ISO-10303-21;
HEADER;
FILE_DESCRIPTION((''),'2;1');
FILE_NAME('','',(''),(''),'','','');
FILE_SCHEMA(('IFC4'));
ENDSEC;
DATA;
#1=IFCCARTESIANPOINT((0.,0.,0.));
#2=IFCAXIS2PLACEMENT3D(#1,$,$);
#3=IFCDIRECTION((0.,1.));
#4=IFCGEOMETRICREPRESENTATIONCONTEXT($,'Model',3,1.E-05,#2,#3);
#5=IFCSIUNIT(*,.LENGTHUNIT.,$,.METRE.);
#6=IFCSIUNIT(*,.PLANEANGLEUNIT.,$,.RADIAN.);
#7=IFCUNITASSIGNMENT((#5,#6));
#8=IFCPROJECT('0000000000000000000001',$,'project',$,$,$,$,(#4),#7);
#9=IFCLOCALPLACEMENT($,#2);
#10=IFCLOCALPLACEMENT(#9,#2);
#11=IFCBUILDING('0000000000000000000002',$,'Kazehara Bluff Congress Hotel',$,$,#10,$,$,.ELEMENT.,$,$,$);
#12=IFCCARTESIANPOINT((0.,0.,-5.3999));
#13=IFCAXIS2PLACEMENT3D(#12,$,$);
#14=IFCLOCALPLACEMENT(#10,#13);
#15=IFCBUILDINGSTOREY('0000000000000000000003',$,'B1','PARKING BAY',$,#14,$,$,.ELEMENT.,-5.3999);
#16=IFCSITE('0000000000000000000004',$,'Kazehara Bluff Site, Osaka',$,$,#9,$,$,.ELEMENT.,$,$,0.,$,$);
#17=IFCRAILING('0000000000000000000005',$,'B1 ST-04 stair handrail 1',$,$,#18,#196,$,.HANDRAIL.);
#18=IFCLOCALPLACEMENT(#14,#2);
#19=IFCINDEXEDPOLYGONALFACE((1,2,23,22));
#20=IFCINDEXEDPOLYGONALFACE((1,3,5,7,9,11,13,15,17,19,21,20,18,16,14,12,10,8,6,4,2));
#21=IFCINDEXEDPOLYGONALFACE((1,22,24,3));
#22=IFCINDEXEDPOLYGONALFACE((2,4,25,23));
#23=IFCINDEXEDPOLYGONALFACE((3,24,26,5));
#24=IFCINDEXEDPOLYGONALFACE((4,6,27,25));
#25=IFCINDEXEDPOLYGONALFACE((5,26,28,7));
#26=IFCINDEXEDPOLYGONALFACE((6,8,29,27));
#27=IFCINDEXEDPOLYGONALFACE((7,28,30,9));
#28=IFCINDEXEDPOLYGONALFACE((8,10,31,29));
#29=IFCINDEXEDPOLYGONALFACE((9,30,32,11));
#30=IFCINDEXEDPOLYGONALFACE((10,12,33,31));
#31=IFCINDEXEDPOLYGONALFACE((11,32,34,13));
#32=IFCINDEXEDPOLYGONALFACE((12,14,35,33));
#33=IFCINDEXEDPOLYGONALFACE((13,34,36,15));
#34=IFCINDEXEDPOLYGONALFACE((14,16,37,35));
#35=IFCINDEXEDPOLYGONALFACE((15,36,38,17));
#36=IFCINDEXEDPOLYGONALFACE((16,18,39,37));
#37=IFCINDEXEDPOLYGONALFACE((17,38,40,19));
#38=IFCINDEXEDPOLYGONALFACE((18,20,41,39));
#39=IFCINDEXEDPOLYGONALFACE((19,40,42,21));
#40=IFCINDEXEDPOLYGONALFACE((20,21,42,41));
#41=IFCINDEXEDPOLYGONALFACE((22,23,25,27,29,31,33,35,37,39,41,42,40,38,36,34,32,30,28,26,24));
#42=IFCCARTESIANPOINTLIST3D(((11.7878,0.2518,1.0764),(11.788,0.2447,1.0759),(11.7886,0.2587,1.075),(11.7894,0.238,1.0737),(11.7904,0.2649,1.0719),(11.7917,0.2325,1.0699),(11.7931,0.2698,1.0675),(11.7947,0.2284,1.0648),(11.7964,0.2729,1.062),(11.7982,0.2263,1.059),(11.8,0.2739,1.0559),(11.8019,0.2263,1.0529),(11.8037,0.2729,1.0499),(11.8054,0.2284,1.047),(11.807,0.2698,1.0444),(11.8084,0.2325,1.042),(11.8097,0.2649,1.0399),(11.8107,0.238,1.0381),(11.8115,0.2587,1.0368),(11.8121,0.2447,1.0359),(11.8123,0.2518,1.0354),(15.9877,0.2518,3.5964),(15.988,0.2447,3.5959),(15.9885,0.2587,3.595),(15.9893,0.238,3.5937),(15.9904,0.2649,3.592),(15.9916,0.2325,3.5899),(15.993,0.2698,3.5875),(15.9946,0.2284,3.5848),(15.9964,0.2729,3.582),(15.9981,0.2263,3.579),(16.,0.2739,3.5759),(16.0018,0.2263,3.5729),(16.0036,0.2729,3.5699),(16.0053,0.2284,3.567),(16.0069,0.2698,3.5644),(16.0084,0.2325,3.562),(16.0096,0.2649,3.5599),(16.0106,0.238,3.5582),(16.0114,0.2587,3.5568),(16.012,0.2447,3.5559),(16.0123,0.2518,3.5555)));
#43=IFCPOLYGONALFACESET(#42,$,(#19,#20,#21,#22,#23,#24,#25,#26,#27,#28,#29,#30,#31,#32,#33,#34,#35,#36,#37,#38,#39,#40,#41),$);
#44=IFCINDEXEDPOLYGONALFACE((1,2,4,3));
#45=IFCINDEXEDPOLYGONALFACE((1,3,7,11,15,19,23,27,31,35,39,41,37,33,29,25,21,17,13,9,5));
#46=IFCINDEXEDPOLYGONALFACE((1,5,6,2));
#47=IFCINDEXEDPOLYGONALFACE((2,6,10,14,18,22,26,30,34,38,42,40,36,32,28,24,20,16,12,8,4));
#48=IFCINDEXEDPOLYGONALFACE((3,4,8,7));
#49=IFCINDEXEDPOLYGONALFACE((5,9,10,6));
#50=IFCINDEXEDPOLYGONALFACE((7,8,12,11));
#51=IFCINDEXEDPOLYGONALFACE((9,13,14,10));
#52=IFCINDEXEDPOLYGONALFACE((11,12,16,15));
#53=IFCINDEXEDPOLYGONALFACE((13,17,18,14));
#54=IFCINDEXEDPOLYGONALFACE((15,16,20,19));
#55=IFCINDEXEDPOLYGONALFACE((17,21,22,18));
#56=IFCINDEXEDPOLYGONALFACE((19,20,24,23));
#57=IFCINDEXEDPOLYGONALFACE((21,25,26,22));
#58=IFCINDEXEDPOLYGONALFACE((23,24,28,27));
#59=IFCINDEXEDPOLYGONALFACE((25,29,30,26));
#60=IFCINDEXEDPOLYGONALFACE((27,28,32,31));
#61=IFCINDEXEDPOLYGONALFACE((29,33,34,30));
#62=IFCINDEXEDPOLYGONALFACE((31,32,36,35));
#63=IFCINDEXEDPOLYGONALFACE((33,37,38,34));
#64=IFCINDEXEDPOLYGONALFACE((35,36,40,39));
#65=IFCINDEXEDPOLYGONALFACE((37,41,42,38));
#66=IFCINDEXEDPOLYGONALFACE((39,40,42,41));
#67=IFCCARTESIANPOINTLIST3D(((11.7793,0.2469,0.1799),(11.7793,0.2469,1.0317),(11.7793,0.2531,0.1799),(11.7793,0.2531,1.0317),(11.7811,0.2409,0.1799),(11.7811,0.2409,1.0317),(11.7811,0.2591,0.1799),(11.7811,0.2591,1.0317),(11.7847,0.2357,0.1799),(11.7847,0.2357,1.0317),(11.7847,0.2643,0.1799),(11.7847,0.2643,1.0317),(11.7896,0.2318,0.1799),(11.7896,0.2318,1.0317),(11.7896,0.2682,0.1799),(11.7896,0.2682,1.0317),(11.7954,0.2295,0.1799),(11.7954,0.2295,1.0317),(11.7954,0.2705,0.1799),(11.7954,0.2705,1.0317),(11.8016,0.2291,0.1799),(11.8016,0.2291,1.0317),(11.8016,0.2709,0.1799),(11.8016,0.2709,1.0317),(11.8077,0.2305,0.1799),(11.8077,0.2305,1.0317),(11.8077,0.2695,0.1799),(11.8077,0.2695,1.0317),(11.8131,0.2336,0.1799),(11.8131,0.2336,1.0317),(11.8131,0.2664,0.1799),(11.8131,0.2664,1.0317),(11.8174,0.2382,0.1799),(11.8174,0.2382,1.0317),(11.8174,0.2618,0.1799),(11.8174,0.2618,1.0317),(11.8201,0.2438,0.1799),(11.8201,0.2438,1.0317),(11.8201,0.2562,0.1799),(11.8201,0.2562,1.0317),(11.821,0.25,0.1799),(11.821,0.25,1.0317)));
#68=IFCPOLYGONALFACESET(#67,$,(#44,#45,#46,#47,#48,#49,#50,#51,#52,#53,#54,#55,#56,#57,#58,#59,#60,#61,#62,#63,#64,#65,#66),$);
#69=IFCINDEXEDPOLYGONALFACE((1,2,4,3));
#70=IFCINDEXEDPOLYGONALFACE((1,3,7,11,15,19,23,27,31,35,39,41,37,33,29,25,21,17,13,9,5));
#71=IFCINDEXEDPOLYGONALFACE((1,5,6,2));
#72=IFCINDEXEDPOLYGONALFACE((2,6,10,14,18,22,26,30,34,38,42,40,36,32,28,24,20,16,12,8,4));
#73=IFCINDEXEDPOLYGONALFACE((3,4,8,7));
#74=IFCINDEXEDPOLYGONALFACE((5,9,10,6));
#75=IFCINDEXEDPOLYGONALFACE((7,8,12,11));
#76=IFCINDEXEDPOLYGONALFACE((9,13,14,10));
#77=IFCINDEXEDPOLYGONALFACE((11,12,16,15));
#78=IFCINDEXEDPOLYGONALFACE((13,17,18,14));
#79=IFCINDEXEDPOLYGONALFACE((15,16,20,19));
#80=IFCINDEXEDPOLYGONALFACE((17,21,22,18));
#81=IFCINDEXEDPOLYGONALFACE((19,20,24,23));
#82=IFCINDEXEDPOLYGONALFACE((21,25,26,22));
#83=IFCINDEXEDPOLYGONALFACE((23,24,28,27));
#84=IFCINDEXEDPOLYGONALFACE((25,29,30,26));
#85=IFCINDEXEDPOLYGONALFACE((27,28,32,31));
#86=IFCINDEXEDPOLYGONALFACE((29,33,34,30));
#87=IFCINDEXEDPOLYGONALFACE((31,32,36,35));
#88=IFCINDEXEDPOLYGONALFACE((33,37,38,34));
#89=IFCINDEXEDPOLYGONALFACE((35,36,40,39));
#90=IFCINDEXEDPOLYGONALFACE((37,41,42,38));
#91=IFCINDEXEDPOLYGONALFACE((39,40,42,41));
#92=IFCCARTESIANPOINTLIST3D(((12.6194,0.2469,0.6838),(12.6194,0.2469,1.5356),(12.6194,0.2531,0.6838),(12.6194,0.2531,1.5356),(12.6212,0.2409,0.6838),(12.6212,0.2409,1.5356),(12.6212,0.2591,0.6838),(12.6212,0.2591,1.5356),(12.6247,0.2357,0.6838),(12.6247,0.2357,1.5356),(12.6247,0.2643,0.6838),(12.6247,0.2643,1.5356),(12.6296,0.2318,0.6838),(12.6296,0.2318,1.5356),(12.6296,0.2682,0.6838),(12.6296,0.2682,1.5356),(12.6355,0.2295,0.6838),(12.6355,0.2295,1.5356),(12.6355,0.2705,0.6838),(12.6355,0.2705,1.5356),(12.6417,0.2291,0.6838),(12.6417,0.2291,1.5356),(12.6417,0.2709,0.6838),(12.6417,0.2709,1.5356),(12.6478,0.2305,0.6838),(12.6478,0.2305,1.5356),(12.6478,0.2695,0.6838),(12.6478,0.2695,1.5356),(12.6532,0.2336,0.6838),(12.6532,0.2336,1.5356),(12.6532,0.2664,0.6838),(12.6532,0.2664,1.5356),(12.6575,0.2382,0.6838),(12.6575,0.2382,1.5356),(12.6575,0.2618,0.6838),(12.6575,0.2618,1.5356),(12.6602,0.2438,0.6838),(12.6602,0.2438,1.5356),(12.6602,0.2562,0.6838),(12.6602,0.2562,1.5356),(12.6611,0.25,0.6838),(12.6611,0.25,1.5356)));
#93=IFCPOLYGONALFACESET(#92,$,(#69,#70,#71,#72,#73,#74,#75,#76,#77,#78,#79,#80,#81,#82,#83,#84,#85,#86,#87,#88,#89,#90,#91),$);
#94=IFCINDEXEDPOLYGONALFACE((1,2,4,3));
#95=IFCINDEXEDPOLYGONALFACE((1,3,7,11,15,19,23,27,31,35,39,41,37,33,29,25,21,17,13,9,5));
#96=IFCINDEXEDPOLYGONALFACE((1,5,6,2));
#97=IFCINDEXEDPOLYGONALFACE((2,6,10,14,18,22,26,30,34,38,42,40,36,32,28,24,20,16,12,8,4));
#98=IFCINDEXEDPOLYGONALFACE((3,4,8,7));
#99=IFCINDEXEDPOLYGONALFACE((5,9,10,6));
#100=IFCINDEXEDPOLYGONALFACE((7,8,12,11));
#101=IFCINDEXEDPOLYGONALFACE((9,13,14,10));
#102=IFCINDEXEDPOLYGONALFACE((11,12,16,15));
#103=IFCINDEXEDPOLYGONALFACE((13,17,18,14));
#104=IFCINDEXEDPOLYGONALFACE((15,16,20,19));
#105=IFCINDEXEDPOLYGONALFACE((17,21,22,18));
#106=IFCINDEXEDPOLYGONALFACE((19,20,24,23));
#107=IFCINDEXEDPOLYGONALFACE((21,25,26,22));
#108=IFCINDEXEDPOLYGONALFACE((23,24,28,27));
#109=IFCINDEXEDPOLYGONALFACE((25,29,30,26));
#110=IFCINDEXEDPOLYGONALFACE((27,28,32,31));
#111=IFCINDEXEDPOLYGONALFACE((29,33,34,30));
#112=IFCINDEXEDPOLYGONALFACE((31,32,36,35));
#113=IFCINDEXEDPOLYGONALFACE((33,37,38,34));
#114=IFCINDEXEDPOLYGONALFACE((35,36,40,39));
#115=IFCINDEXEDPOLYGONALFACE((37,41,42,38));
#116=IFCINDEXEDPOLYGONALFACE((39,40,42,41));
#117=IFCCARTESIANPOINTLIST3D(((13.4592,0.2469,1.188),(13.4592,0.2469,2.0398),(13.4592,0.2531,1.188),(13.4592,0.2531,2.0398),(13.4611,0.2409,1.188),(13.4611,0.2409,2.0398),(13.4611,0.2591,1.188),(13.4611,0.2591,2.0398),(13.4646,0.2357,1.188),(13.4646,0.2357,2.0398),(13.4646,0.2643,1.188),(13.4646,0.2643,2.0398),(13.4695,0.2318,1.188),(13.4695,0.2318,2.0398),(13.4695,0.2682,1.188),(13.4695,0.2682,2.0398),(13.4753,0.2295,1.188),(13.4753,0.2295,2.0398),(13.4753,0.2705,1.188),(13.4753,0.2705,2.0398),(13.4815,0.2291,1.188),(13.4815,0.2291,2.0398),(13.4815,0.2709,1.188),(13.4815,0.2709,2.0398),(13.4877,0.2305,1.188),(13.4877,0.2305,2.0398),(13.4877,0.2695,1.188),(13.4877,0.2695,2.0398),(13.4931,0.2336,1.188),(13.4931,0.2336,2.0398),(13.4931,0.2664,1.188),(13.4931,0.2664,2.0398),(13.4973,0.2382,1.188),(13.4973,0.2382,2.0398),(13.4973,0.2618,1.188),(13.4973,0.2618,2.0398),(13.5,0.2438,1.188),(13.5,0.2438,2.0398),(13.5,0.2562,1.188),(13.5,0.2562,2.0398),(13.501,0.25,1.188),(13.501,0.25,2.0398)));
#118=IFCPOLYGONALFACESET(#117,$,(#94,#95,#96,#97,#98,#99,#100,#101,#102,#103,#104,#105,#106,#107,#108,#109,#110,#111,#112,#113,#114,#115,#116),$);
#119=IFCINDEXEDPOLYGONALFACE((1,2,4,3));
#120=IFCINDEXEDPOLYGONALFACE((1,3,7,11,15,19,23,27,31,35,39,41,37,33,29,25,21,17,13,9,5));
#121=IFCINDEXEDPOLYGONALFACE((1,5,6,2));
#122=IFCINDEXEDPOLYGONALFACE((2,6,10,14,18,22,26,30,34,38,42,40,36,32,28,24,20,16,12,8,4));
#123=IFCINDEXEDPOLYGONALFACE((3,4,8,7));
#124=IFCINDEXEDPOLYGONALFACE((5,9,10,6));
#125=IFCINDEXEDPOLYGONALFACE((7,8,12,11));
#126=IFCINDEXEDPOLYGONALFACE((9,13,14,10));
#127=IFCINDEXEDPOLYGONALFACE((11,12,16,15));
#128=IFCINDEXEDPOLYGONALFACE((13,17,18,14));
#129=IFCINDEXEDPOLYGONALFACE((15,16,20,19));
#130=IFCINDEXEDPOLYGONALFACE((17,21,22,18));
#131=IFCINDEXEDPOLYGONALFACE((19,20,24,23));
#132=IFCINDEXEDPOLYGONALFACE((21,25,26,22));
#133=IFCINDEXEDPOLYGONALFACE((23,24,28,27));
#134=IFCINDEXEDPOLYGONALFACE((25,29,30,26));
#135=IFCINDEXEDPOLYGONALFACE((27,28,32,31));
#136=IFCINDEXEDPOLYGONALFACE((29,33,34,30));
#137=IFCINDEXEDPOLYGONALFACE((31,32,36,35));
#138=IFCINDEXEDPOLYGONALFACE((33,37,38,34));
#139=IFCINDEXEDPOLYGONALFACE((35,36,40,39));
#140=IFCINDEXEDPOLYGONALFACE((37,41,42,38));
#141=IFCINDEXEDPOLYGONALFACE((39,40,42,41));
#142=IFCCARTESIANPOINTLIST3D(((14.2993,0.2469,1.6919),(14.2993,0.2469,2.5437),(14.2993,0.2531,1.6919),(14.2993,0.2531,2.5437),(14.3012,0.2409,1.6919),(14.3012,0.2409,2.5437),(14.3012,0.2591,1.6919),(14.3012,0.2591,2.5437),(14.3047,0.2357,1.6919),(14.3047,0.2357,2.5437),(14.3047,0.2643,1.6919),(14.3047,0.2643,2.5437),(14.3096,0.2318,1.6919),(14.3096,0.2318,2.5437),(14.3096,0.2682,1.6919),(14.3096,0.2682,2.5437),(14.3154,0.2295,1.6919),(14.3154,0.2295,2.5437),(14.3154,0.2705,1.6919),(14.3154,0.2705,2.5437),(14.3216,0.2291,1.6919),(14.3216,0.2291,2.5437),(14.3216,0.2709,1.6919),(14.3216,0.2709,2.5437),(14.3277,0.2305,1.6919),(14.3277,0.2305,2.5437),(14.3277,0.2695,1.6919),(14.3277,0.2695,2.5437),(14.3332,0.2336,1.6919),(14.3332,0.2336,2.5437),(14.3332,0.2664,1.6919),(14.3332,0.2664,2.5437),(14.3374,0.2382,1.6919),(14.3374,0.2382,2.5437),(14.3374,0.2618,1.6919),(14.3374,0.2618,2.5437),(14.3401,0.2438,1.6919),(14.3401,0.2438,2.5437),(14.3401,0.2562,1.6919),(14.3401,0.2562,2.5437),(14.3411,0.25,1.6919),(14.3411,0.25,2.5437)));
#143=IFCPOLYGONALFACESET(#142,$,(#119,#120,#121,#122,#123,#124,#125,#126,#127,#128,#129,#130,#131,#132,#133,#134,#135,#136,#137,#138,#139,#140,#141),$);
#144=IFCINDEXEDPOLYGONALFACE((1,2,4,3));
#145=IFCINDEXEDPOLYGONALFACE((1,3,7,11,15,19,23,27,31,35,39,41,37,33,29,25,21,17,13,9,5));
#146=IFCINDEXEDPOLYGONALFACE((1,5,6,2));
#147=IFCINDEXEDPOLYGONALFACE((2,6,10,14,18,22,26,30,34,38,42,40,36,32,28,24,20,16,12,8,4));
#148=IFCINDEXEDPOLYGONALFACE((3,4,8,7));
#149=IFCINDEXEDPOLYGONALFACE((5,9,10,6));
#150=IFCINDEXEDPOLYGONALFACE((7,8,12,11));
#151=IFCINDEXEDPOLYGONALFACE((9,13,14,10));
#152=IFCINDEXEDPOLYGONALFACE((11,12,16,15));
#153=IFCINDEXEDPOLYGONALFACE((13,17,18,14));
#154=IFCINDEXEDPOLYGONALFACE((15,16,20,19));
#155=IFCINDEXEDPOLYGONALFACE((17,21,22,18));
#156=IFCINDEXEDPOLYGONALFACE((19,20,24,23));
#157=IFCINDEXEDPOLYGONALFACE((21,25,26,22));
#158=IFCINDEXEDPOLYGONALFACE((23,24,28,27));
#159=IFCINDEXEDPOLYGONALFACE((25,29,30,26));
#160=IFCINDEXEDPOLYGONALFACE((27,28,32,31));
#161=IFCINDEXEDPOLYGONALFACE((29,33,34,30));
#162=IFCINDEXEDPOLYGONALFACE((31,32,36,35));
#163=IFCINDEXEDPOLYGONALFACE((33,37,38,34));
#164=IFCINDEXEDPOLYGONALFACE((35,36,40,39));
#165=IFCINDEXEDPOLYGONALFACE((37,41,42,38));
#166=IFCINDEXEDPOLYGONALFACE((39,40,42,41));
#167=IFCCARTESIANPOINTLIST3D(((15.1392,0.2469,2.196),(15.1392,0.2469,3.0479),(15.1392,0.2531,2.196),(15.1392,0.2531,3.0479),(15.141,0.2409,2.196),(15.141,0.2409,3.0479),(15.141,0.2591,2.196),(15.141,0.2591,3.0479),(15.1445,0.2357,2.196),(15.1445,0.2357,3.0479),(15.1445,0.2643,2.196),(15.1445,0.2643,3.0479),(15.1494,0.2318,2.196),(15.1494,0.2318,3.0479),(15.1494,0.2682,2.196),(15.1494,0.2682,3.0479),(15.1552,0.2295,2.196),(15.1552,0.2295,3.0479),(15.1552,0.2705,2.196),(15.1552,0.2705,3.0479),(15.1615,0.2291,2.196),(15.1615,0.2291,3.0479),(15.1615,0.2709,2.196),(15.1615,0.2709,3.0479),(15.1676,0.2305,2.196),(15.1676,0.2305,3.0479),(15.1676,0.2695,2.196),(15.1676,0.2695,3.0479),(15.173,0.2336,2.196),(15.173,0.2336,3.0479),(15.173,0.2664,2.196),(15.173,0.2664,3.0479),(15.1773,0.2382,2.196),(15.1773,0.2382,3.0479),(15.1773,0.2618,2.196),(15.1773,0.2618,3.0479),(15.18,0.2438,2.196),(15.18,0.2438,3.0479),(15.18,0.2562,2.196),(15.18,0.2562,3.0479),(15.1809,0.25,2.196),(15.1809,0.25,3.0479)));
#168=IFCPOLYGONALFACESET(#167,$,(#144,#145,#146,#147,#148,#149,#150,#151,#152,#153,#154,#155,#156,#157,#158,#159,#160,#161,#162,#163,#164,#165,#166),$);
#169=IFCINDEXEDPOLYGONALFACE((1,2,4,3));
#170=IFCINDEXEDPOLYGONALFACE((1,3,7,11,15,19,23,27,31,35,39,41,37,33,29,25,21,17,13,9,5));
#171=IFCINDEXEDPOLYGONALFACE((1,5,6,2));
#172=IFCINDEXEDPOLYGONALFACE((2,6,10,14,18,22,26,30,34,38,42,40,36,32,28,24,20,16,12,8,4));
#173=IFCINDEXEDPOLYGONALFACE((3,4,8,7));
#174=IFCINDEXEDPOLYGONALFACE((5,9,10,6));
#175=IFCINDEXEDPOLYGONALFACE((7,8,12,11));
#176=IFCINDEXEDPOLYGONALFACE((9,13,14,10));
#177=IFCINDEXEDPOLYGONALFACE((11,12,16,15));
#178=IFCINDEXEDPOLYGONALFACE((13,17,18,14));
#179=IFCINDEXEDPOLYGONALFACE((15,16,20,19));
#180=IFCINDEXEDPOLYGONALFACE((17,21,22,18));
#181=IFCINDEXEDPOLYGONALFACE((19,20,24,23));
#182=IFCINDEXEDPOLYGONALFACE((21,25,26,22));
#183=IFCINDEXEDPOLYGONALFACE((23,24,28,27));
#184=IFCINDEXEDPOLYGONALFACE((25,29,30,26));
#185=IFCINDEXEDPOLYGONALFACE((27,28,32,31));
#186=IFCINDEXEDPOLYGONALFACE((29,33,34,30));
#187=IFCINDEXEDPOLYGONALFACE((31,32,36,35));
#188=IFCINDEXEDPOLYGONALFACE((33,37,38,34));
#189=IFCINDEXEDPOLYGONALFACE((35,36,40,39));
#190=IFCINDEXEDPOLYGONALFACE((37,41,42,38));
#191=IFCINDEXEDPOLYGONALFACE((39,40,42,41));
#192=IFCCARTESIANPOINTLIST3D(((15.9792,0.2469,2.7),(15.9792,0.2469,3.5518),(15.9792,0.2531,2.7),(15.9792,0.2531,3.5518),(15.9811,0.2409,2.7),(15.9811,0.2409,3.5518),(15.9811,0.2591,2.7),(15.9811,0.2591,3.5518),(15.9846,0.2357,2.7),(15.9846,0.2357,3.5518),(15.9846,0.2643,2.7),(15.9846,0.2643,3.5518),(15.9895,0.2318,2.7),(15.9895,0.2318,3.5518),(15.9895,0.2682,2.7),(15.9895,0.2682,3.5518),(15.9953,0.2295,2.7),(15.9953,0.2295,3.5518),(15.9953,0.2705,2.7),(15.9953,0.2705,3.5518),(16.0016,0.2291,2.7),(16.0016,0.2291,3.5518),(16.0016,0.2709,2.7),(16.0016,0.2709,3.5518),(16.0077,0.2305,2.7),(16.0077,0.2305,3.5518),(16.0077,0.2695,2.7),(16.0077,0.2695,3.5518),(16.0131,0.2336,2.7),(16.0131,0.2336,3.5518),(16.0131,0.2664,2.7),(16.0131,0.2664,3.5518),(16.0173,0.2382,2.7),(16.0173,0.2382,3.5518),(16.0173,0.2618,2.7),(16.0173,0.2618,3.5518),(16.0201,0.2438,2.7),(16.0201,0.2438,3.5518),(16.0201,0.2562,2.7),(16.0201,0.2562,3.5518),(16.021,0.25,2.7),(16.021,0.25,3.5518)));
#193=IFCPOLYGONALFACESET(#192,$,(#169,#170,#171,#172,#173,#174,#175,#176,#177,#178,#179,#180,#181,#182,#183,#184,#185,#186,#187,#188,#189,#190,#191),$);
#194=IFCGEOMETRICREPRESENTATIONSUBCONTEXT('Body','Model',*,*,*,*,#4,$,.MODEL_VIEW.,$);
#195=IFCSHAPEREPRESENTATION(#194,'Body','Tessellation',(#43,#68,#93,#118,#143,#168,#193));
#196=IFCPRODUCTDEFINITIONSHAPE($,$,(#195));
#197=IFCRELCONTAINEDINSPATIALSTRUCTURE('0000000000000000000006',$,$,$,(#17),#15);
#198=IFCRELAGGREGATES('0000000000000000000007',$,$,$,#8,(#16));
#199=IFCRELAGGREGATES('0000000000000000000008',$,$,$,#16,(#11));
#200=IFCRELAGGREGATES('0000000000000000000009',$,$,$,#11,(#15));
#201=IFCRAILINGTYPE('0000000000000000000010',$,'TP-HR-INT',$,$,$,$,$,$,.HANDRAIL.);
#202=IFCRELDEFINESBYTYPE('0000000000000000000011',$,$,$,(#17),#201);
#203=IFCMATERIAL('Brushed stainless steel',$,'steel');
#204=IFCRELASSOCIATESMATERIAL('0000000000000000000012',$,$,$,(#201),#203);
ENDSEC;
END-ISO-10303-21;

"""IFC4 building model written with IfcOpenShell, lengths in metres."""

from ifc_helpers import new_model, si_unit, direction, frame, origin, origin_2d, place, context, subcontext, project, spatial, circle, extrude, material, type_object, element, save


model = new_model("IFC4")

# Units and contexts
model_context = context("Model", 3, precision=1e-05, world=origin(), true_north=direction((0.0, 1.0)))
body_context = subcontext(model_context, "Body", "Model", "MODEL_VIEW")
ifc_project = project(units=[si_unit("LENGTHUNIT", "METRE"), si_unit("PLANEANGLEUNIT", "RADIAN")], contexts=[model_context])

# Site, building, storey
site_placement = place(None, origin())
site = spatial("IfcSite", under=ifc_project, at=site_placement, Name="Kazehara Bluff Site, Osaka", CompositionType="ELEMENT", RefElevation=0.0)
building_placement = place(site_placement, origin())
building = spatial("IfcBuilding", under=site, at=building_placement, Name="Kazehara Bluff Congress Hotel", CompositionType="ELEMENT")
storey_placement = place(building_placement, frame((0.0, 0.0, -5.3999)))
storey = spatial("IfcBuildingStorey", under=building, at=storey_placement, Name="B1", Description="PARKING BAY", CompositionType="ELEMENT", Elevation=-5.3999)

# Railing
ifc_material_1 = material(Name="Brushed stainless steel", Category="steel")
railing_type_1 = type_object("IfcRailingType", Name="TP-HR-INT", PredefinedType="HANDRAIL", material=ifc_material_1)
railing_1_placement = place(storey_placement, frame((11.8, 0.25, 0.1799)))
element("IfcRailing", 1, at=railing_1_placement, inside=storey, type_object=railing_type_1, Name="B1 ST-04 stair handrail 1", PredefinedType="HANDRAIL", context=body_context, shape_type="SweptSolid", body=[
    extrude(circle(Radius=0.0239, at=origin_2d()), frame((0.0, 0.0, 0.876), z_axis=(0.857489, 0.0, 0.514503), x_axis=(0.0, 1.0, 0.0)), (0.0, 0.0, 1.0), 4.8979),
    extrude(circle(Radius=0.021, at=origin_2d()), origin(), (0.0, 0.0, 1.0), 0.8518),
    extrude(circle(Radius=0.021, at=origin_2d()), frame((0.8401, 0.0, 0.5039)), (0.0, 0.0, 1.0), 0.8518),
    extrude(circle(Radius=0.021, at=origin_2d()), frame((1.6799, 0.0, 1.0081)), (0.0, 0.0, 1.0), 0.8518),
    extrude(circle(Radius=0.021, at=origin_2d()), frame((2.52, 0.0, 1.512)), (0.0, 0.0, 1.0), 0.8518),
    extrude(circle(Radius=0.021, at=origin_2d()), frame((3.3599, 0.0, 2.0161)), (0.0, 0.0, 1.0), 0.8518),
    extrude(circle(Radius=0.021, at=origin_2d()), frame((4.2, 0.0, 2.52)), (0.0, 0.0, 1.0), 0.8518),
])

save(model, "model.ifc")
